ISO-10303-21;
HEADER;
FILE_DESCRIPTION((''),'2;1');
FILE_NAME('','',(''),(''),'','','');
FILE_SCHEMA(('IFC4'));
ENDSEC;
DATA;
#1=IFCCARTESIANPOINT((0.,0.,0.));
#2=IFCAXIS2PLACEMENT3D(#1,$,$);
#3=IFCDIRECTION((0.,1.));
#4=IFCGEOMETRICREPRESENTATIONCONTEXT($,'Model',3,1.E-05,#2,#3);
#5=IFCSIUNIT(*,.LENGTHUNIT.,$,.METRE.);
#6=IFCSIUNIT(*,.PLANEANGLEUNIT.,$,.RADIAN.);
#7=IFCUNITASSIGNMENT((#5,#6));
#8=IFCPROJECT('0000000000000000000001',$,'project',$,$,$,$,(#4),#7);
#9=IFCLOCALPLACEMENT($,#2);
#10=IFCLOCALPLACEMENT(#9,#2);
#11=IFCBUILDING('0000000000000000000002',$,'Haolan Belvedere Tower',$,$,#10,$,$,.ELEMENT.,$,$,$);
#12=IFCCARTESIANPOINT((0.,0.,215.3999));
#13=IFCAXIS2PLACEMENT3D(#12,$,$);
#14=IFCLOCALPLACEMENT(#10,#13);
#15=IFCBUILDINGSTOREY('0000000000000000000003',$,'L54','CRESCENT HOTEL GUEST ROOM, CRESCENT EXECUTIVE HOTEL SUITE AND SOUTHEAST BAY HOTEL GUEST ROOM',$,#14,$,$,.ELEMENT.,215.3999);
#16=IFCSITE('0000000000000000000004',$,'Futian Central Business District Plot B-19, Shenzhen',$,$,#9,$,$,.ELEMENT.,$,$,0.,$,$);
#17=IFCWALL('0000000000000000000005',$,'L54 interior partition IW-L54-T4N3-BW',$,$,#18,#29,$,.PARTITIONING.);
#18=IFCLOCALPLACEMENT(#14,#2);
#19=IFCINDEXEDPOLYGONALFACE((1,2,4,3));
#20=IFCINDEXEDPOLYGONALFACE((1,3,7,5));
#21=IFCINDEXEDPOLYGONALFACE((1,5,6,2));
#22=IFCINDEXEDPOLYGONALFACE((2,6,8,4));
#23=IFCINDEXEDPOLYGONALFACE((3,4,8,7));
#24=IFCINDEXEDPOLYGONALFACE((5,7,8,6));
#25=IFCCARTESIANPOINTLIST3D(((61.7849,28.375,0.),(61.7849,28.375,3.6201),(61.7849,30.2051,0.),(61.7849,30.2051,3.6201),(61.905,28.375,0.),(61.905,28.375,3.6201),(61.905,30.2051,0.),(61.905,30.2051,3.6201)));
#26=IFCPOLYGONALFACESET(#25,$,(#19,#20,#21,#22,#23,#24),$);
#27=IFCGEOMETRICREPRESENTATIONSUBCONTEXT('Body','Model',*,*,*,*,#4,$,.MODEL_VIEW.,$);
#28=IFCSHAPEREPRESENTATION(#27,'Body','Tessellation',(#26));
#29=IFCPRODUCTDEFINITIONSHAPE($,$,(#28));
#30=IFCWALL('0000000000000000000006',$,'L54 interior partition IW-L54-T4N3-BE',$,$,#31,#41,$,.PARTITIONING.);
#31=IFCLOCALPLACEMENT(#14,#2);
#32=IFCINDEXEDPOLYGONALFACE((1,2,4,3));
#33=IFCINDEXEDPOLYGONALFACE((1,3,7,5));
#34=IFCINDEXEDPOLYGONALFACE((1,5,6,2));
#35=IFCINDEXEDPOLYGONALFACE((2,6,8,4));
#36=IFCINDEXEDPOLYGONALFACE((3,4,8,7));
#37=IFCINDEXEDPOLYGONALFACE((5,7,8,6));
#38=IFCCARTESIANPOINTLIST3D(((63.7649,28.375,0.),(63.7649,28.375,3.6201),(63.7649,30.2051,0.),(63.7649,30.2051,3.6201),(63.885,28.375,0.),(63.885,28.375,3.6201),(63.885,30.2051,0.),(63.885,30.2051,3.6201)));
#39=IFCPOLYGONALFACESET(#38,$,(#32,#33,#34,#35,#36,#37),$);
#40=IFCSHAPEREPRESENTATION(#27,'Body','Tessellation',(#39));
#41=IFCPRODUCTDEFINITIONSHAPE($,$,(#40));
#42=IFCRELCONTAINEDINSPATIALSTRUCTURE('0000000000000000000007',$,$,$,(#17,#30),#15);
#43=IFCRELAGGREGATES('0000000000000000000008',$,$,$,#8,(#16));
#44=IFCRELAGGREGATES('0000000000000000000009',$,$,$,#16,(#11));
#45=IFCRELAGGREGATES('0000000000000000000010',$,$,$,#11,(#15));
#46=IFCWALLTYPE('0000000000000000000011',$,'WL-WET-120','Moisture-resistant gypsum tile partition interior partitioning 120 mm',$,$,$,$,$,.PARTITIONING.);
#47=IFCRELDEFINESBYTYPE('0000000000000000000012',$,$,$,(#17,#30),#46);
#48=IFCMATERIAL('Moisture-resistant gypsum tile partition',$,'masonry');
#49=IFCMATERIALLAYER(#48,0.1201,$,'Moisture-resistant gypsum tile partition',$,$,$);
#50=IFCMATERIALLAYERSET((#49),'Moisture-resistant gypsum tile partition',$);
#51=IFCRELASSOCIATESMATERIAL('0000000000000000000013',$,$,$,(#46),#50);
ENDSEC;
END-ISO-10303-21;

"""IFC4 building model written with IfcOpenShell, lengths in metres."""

from ifc_helpers import new_model, si_unit, direction, frame, frame_2d, origin, place, context, subcontext, project, spatial, rectangle, extrude, material, layer, layer_set, type_object, element, save


model = new_model("IFC4")

# Units and contexts
model_context = context("Model", 3, precision=1e-05, world=origin(), true_north=direction((0.0, 1.0)))
body_context = subcontext(model_context, "Body", "Model", "MODEL_VIEW")
ifc_project = project(units=[si_unit("LENGTHUNIT", "METRE"), si_unit("PLANEANGLEUNIT", "RADIAN")], contexts=[model_context])

# Site, building, storey
site_placement = place(None, origin())
site = spatial("IfcSite", under=ifc_project, at=site_placement, Name="Futian Central Business District Plot B-19, Shenzhen", CompositionType="ELEMENT", RefElevation=0.0)
building_placement = place(site_placement, origin())
building = spatial("IfcBuilding", under=site, at=building_placement, Name="Haolan Belvedere Tower", CompositionType="ELEMENT")
storey_placement = place(building_placement, frame((0.0, 0.0, 215.3999)))
storey = spatial("IfcBuildingStorey", under=building, at=storey_placement, Name="L54", Description="CRESCENT HOTEL GUEST ROOM, CRESCENT EXECUTIVE HOTEL SUITE AND SOUTHEAST BAY HOTEL GUEST ROOM", CompositionType="ELEMENT", Elevation=215.3999)

# Shared definitions
ifc_material_1 = material(Name="Moisture-resistant gypsum tile partition", Category="masonry")
ifc_layer_1 = layer(ifc_material_1, 0.1201, Name="Moisture-resistant gypsum tile partition")
ifc_layer_set_1 = layer_set([ifc_layer_1], Name="Moisture-resistant gypsum tile partition")
wall_type_1 = type_object("IfcWallType", Name="WL-WET-120", Description="Moisture-resistant gypsum tile partition interior partitioning 120 mm", PredefinedType="PARTITIONING", material=ifc_layer_set_1)

# Walls
for number, where, z_axis, x_axis, name in (
    (1, (61.845, 28.375, 0.0), (0.0, 0.0, 1.0), (0.0, 1.0, 0.0), "L54 interior partition IW-L54-T4N3-BW"),
    (2, (63.825, 28.375, 0.0), (0.0, 0.0, 1.0), (0.0, 1.0, 0.0), "L54 interior partition IW-L54-T4N3-BE"),
):
    element("IfcWall", number, at=place(storey_placement, frame(where, z_axis=z_axis, x_axis=x_axis)), inside=storey, type_object=wall_type_1, Name=name, PredefinedType="PARTITIONING", context=body_context, shape_type="SweptSolid", body=[
        extrude(rectangle(XDim=1.8301, YDim=0.1201, at=frame_2d((0.915, 0.0))), origin(), (0.0, 0.0, 1.0), 3.6201),
    ])

save(model, "model.ifc")
